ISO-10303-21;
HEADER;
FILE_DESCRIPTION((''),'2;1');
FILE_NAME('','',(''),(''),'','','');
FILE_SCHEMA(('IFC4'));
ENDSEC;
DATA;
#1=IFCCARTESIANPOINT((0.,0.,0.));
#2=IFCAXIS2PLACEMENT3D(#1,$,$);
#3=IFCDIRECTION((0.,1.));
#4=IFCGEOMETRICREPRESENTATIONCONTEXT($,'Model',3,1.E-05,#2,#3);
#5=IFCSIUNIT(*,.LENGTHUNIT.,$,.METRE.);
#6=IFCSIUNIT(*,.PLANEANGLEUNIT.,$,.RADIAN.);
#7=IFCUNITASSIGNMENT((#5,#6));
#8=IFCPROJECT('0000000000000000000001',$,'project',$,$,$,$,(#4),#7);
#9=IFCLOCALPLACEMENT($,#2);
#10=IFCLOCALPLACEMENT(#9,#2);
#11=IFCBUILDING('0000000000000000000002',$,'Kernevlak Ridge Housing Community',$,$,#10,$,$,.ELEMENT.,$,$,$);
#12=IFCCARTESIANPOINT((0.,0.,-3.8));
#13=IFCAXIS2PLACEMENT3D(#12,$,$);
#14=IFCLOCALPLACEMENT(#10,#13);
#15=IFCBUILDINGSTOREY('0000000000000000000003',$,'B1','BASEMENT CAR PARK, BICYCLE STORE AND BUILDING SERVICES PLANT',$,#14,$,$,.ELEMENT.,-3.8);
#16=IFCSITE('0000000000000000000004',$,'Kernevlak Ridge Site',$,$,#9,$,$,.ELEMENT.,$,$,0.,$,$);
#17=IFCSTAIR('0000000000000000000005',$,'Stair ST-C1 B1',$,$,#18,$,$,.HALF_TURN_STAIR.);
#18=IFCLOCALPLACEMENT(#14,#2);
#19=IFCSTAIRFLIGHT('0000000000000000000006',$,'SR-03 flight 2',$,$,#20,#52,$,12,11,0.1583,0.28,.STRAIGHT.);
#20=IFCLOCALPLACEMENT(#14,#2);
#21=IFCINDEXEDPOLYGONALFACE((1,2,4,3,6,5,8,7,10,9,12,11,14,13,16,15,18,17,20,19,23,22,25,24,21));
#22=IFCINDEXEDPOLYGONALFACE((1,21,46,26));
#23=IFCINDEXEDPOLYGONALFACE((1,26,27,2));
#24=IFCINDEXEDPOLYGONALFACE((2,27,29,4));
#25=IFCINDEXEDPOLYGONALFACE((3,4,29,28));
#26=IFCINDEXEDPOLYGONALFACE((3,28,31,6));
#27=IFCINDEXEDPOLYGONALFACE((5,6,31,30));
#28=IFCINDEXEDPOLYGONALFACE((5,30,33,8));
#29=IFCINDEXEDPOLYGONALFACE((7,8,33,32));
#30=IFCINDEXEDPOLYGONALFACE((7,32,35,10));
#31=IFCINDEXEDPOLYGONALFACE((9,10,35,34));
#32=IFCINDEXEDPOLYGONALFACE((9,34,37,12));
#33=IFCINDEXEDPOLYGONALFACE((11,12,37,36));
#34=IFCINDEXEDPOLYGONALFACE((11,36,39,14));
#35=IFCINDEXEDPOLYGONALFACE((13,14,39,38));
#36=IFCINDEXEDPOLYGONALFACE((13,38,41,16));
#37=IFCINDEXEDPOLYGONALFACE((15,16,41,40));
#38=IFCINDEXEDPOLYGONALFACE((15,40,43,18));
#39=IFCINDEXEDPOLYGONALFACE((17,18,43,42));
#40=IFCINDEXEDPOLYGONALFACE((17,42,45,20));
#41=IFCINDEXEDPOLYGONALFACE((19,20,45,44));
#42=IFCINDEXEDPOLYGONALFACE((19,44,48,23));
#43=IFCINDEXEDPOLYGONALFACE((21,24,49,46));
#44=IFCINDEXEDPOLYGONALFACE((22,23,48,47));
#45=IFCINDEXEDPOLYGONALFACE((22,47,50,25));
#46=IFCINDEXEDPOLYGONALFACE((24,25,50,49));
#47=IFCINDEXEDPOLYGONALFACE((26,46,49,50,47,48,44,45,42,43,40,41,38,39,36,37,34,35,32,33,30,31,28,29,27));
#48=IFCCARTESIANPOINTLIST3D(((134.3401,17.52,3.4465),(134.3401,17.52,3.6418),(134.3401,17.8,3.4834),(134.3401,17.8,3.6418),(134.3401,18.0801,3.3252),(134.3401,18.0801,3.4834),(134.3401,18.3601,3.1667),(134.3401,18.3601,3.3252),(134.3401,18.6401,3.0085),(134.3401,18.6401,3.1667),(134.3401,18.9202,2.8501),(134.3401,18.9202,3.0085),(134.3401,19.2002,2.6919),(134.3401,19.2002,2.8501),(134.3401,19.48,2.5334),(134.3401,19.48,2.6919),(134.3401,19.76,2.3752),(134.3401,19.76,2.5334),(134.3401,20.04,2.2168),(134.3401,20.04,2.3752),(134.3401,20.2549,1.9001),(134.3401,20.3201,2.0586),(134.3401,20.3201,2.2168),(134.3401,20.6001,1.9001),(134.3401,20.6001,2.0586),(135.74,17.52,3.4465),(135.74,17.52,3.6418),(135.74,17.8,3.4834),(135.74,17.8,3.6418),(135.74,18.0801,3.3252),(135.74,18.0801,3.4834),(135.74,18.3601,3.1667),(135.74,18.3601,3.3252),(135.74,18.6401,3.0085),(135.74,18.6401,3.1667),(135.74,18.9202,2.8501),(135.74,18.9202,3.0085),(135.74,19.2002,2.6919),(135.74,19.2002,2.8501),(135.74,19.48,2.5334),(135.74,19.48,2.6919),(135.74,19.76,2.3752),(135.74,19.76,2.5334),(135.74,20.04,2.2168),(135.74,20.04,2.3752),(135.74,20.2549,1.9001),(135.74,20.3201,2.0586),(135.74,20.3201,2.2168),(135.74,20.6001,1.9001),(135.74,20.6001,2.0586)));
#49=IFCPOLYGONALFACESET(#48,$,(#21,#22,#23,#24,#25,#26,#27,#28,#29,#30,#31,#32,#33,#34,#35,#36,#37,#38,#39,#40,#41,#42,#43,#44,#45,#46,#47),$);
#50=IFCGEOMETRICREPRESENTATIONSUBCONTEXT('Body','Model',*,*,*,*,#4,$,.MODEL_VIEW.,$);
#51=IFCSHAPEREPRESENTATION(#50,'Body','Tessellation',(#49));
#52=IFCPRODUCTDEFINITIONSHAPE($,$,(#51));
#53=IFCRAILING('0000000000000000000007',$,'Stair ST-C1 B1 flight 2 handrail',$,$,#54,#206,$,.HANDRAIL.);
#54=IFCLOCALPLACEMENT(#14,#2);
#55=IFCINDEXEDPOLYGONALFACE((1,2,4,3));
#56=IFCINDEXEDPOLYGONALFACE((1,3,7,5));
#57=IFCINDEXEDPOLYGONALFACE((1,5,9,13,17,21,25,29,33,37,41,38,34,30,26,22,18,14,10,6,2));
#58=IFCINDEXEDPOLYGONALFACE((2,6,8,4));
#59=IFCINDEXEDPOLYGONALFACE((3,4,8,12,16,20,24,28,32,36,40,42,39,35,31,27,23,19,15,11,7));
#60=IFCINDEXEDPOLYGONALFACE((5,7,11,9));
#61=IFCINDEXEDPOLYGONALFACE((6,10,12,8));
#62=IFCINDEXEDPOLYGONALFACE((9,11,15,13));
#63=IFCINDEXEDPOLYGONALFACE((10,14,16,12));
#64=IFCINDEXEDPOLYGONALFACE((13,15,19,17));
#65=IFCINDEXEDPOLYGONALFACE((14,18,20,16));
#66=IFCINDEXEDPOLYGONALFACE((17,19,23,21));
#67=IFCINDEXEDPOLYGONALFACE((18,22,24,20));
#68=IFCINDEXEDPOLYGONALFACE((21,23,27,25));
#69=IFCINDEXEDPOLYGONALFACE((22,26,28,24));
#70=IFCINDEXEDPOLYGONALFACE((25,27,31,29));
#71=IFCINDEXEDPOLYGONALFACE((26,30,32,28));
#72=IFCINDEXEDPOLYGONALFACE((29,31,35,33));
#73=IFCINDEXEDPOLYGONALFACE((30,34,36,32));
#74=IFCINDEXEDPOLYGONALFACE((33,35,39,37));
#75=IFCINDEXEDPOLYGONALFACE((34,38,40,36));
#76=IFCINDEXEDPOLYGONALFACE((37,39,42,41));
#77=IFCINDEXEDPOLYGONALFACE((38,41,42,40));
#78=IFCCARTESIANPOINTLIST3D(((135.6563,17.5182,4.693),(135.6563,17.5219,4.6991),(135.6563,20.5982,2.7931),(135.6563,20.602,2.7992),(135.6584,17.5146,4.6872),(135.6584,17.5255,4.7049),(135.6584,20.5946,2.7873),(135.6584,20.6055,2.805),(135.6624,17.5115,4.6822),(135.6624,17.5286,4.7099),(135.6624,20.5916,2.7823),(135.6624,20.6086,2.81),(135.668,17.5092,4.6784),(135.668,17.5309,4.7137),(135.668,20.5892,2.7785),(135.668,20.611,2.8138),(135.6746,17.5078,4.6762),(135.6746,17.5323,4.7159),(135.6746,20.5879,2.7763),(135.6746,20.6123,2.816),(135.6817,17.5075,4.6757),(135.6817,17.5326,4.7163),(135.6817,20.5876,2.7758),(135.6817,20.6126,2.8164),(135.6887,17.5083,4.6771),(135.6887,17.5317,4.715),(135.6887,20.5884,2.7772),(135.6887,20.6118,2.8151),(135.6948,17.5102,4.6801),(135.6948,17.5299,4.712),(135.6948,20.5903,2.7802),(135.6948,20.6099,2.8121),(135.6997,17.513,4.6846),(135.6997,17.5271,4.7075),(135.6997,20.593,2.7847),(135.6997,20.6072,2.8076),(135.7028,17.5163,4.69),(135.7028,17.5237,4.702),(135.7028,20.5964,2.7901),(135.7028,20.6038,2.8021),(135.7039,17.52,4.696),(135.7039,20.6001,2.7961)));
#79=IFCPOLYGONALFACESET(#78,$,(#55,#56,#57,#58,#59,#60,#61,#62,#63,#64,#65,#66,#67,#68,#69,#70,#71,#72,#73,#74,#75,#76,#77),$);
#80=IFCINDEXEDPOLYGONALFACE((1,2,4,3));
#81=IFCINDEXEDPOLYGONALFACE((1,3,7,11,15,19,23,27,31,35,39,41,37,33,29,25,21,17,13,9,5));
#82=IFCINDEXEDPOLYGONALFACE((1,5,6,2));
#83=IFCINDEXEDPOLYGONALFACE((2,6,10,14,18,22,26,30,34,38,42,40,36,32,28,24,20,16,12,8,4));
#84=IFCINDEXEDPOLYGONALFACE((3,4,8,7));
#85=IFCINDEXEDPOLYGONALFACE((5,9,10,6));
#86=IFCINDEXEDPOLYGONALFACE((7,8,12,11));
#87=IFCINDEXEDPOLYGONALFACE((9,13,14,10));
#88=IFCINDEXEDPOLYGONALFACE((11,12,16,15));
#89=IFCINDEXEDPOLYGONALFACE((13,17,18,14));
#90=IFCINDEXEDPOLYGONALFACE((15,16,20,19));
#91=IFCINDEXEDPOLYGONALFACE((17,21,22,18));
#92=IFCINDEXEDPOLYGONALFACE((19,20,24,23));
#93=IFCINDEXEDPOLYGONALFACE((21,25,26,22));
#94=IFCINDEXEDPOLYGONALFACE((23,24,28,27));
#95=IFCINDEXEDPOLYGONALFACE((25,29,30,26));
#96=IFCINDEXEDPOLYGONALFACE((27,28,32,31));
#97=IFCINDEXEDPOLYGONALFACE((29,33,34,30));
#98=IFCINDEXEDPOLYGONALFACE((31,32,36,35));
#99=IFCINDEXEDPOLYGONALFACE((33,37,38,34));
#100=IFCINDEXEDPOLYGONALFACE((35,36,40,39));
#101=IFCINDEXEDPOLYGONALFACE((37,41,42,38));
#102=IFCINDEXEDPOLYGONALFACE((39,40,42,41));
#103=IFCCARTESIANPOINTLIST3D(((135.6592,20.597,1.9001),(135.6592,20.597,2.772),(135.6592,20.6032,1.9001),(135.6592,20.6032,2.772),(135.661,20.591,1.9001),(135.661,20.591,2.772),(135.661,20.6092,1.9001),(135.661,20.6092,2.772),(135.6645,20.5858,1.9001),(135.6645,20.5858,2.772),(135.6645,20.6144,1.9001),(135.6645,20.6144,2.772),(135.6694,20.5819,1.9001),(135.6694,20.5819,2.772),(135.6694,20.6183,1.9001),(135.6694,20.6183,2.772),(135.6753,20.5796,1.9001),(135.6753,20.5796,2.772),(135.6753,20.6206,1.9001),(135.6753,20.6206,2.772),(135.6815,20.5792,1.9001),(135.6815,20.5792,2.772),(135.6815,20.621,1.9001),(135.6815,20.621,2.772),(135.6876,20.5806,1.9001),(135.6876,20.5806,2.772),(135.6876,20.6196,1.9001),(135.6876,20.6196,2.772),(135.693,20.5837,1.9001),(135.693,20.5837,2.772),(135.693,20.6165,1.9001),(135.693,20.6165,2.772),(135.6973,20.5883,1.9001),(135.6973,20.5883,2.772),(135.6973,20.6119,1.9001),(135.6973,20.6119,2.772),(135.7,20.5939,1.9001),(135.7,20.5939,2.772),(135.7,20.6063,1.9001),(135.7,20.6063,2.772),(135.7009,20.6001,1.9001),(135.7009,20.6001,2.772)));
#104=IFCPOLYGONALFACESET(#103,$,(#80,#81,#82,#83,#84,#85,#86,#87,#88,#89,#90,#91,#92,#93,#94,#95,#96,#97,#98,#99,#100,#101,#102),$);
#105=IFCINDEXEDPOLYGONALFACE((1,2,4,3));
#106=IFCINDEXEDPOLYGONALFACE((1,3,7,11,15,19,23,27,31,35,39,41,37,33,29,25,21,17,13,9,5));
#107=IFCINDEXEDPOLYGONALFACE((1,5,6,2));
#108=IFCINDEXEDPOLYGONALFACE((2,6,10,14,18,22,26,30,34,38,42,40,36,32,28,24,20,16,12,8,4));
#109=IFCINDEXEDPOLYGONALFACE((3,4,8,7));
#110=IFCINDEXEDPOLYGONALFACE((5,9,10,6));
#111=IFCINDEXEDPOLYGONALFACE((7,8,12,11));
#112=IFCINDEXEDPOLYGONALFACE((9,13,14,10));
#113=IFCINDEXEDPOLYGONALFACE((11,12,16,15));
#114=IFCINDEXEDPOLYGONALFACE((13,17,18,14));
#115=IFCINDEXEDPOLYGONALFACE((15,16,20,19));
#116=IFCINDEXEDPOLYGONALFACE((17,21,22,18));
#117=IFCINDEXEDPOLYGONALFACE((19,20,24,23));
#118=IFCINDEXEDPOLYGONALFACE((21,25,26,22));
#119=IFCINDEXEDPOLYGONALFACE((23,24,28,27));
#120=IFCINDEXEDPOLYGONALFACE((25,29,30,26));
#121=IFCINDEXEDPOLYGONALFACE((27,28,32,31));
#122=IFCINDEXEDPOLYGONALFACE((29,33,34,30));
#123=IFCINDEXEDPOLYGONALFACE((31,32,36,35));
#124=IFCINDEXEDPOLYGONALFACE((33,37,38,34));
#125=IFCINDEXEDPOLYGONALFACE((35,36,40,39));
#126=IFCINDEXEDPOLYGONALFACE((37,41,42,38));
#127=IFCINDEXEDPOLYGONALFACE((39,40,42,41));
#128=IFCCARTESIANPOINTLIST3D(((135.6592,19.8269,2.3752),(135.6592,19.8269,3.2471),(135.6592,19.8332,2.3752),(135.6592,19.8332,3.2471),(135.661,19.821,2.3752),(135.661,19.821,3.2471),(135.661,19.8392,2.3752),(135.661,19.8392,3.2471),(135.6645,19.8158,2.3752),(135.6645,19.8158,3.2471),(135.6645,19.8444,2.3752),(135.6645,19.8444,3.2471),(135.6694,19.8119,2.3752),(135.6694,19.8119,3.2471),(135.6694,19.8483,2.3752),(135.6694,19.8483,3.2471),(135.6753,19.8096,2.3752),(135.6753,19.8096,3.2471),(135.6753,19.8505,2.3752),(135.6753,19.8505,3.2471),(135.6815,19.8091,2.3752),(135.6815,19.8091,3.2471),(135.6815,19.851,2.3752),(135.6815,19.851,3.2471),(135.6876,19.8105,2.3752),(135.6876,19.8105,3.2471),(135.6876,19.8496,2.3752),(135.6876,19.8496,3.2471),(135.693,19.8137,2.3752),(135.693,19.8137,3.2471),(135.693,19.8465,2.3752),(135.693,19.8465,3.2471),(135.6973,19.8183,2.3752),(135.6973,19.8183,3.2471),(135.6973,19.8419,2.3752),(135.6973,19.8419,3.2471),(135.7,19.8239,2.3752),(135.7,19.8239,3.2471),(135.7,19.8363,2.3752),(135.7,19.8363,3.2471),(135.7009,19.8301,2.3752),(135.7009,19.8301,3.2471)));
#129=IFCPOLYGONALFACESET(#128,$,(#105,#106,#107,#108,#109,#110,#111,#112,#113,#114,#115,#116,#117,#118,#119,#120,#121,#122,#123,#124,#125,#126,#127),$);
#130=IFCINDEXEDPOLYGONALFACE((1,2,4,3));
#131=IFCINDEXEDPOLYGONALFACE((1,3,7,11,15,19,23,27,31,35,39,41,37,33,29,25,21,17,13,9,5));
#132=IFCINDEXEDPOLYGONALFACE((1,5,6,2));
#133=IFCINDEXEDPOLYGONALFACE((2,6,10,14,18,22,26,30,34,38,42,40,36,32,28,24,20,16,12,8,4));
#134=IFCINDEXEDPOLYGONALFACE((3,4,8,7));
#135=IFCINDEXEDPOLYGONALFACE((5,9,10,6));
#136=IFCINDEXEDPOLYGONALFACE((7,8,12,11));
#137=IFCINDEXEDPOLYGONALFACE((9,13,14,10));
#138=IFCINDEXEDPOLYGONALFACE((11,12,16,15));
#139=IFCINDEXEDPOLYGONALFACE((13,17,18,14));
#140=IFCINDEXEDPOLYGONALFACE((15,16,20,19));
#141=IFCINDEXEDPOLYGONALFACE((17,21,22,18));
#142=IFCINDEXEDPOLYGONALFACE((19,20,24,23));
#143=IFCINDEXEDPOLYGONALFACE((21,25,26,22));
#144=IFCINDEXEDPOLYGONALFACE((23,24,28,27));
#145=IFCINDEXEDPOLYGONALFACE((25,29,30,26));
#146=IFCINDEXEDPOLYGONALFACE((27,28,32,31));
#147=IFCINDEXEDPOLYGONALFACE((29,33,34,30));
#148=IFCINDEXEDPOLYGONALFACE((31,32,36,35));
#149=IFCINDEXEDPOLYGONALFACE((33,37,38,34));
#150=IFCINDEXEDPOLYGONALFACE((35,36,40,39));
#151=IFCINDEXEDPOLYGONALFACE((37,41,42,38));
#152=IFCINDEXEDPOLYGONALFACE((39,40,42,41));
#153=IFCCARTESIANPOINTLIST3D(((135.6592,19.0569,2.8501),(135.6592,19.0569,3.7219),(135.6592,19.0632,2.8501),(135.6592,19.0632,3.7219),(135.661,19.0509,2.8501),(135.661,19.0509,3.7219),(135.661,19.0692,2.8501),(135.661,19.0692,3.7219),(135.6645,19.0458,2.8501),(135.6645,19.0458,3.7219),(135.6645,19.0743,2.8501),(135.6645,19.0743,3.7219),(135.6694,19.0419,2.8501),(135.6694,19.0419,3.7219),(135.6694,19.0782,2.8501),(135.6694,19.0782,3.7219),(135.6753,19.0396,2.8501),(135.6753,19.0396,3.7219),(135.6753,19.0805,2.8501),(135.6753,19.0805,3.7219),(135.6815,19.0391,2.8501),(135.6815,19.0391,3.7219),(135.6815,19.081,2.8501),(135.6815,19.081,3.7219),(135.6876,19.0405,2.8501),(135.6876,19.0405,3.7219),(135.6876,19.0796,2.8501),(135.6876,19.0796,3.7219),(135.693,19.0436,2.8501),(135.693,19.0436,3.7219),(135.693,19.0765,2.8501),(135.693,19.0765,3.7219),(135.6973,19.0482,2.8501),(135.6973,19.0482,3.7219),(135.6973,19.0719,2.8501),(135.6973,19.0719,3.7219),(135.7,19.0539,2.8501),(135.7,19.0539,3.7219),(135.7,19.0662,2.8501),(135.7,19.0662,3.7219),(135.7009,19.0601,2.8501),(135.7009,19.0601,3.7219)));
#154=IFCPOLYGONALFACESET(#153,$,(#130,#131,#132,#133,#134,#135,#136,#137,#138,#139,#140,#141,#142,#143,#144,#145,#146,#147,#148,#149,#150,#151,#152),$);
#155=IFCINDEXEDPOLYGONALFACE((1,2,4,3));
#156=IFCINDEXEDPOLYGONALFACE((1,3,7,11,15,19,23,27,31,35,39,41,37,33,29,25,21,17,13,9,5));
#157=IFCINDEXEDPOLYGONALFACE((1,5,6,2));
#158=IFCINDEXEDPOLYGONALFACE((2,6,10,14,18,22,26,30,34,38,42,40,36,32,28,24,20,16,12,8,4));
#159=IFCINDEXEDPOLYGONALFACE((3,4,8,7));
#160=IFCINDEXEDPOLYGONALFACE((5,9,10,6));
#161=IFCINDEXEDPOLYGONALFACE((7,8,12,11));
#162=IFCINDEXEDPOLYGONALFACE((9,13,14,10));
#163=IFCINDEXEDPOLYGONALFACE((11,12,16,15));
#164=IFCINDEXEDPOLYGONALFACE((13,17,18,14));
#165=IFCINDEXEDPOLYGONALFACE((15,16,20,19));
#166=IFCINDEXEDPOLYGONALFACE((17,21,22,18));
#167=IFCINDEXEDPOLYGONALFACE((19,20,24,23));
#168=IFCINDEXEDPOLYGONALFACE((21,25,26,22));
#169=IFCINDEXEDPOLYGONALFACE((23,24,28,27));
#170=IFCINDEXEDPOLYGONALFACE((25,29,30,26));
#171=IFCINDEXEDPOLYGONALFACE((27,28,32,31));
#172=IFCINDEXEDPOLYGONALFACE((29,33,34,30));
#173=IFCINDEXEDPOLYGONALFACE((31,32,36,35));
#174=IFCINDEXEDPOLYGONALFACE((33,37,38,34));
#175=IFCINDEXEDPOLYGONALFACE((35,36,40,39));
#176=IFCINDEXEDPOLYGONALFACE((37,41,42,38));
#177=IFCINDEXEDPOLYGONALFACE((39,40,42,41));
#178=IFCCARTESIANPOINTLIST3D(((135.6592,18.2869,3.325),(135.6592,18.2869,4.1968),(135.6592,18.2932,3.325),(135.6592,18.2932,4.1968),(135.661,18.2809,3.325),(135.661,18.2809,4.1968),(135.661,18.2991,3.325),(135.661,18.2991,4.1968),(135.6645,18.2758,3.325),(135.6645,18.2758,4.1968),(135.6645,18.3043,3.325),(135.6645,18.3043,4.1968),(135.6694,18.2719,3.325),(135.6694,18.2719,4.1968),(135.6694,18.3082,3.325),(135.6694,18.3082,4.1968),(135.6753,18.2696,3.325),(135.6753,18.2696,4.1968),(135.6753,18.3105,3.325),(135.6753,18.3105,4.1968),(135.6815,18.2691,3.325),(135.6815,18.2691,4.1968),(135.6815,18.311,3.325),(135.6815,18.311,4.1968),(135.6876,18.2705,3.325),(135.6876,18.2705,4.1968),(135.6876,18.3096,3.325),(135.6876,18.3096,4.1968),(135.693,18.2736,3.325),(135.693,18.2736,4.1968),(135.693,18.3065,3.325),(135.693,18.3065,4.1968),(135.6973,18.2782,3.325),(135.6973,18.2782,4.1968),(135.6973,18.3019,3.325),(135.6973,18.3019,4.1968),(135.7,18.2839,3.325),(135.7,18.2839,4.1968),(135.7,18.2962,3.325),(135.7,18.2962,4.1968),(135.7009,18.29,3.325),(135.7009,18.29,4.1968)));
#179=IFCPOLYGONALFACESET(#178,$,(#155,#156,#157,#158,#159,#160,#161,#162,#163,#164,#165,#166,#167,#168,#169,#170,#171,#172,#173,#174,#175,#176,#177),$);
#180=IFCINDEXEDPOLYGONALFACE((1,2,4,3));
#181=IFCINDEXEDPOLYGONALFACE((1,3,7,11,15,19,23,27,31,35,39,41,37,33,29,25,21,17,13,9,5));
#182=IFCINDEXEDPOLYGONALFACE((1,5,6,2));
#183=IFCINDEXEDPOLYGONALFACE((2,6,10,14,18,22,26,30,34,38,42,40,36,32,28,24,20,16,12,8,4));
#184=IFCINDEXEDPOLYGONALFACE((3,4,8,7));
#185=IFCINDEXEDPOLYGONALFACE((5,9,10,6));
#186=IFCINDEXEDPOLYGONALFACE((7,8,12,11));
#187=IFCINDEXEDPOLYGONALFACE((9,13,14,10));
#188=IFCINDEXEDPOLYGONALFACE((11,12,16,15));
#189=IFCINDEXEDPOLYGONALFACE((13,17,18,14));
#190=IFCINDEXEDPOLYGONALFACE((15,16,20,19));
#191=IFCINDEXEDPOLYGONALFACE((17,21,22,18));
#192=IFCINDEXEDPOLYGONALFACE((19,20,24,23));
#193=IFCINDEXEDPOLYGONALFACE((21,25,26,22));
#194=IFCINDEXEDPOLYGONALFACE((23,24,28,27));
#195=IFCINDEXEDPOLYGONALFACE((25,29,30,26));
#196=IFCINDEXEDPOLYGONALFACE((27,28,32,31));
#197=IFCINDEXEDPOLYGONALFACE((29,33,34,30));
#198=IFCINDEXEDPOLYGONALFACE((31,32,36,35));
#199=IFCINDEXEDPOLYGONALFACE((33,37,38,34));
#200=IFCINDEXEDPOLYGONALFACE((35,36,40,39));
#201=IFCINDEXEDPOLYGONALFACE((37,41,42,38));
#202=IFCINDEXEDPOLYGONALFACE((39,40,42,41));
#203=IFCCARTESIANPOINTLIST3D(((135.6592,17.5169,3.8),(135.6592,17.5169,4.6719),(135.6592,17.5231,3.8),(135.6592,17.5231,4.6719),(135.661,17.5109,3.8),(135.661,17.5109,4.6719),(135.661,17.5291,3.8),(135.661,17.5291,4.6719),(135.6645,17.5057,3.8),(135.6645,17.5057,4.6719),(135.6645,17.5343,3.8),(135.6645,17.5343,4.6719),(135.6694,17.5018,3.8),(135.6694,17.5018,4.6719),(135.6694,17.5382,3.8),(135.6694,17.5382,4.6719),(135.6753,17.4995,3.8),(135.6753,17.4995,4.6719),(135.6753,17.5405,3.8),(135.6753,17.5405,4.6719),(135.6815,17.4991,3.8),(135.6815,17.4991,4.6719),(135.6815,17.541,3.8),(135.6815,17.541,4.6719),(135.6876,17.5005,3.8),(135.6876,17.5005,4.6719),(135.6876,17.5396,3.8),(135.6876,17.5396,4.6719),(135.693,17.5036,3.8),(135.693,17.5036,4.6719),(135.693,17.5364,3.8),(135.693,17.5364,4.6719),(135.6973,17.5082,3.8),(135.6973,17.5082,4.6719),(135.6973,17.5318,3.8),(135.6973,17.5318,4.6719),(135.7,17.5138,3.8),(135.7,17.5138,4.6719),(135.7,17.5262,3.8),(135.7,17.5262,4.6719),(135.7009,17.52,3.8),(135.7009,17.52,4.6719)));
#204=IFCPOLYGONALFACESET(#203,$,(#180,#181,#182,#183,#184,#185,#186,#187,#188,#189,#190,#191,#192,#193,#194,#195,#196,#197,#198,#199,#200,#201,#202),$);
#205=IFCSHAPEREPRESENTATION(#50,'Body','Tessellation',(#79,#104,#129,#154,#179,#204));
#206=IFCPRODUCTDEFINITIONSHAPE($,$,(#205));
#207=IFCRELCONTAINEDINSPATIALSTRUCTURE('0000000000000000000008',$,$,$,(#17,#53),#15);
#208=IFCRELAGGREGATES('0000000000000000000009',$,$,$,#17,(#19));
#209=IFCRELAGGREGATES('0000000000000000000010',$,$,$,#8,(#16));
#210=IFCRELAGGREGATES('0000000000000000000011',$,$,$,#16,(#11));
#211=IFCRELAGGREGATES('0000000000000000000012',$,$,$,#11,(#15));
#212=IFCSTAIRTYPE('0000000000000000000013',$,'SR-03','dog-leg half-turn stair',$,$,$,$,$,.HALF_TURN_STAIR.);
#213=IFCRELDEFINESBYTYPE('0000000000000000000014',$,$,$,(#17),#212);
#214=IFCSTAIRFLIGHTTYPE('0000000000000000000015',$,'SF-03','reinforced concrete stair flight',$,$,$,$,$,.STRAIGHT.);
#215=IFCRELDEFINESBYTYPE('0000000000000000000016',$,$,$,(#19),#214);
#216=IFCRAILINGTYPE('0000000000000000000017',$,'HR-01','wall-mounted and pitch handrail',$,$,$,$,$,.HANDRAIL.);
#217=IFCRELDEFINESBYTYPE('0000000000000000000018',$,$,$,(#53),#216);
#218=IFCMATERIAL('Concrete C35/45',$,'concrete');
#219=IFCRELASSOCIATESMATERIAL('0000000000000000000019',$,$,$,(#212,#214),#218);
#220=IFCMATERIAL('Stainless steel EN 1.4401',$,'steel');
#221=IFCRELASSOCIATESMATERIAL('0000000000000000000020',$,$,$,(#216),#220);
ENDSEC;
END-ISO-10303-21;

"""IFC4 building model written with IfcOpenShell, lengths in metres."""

from ifc_helpers import new_model, si_unit, direction, frame, origin, origin_2d, place, context, subcontext, project, spatial, polyline, circle, outline, extrude, material, type_object, element, aggregate, save


model = new_model("IFC4")

# Units and contexts
model_context = context("Model", 3, precision=1e-05, world=origin(), true_north=direction((0.0, 1.0)))
body_context = subcontext(model_context, "Body", "Model", "MODEL_VIEW")
ifc_project = project(units=[si_unit("LENGTHUNIT", "METRE"), si_unit("PLANEANGLEUNIT", "RADIAN")], contexts=[model_context])

# Site, building, storey
site_placement = place(None, origin())
site = spatial("IfcSite", under=ifc_project, at=site_placement, Name="Kernevlak Ridge Site", CompositionType="ELEMENT", RefElevation=0.0)
building_placement = place(site_placement, origin())
building = spatial("IfcBuilding", under=site, at=building_placement, Name="Kernevlak Ridge Housing Community", CompositionType="ELEMENT")
storey_placement = place(building_placement, frame((0.0, 0.0, -3.8)))
storey = spatial("IfcBuildingStorey", under=building, at=storey_placement, Name="B1", Description="BASEMENT CAR PARK, BICYCLE STORE AND BUILDING SERVICES PLANT", CompositionType="ELEMENT", Elevation=-3.8)

# Shared definitions
ifc_material_1 = material(Name="Concrete C35/45", Category="concrete")

# Stair, stair flight
stair_type = type_object("IfcStairType", Name="SR-03", Description="dog-leg half-turn stair", PredefinedType="HALF_TURN_STAIR", material=ifc_material_1)
stair_placement = place(storey_placement, origin())
stair = element("IfcStair", 1, at=stair_placement, inside=storey, type_object=stair_type, Name="Stair ST-C1 B1", PredefinedType="HALF_TURN_STAIR")
stair_flight_type = type_object("IfcStairFlightType", Name="SF-03", Description="reinforced concrete stair flight", PredefinedType="STRAIGHT", material=ifc_material_1)
stair_flight_placement = place(storey_placement, frame((135.04, 20.6001, 1.9001), z_axis=(0.0, 0.0, 1.0), x_axis=(0.0, -1.0, 0.0)))
stair_flight = element("IfcStairFlight", 2, at=stair_flight_placement, type_object=stair_flight_type, Name="SR-03 flight 2", NumberOfRisers=12, NumberOfTreads=11, PredefinedType="STRAIGHT", RiserHeight=0.1583, TreadLength=0.28, context=body_context, shape_type="SweptSolid", body=[
    extrude(outline(polyline([(0.0, 0.0), (0.0, 0.1584), (0.28, 0.1584), (0.28, 0.3167), (0.5601, 0.3167), (0.5601, 0.4751), (0.8401, 0.4751), (0.8401, 0.6333), (1.1201, 0.6333), (1.1201, 0.7917), (1.3999, 0.7917), (1.3999, 0.95), (1.6799, 0.95), (1.6799, 1.1084), (1.96, 1.1084), (1.96, 1.2666), (2.24, 1.2666), (2.24, 1.425), (2.52, 1.425), (2.52, 1.5833), (2.8, 1.5833), (2.8, 1.7417), (3.0801, 1.7417), (3.0801, 1.8999), (3.0801, 1.5464), (0.3452, 0.0), (0.0, 0.0)])), frame((0.0, 0.7, 0.0), z_axis=(0.0, -1.0, 0.0), x_axis=(1.0, 0.0, 0.0)), (0.0, 0.0, 1.0), 1.3999),
])
aggregate(stair, [stair_flight])

# Railing
ifc_material_2 = material(Name="Stainless steel EN 1.4401", Category="steel")
railing_type = type_object("IfcRailingType", Name="HR-01", Description="wall-mounted and pitch handrail", PredefinedType="HANDRAIL", material=ifc_material_2)
railing_placement = place(storey_placement, frame((135.6799, 20.6001, 1.9001)))
element("IfcRailing", 3, at=railing_placement, inside=storey, type_object=railing_type, Name="Stair ST-C1 B1 flight 2 handrail", PredefinedType="HANDRAIL", context=body_context, shape_type="SweptSolid", body=[
    extrude(circle(Radius=0.0239, at=origin_2d()), frame((0.0, 0.0, 0.896), z_axis=(0.0, -0.851107, 0.524993), x_axis=(1.0, 0.0, 0.0)), (0.0, 0.0, 1.0), 3.6189),
    extrude(circle(Radius=0.021, at=origin_2d()), origin(), (0.0, 0.0, 1.0), 0.8718),
    extrude(circle(Radius=0.021, at=origin_2d()), frame((0.0, -0.77, 0.4751)), (0.0, 0.0, 1.0), 0.8718),
    extrude(circle(Radius=0.021, at=origin_2d()), frame((0.0, -1.54, 0.95)), (0.0, 0.0, 1.0), 0.8718),
    extrude(circle(Radius=0.021, at=origin_2d()), frame((0.0, -2.3101, 1.4248)), (0.0, 0.0, 1.0), 0.8718),
    extrude(circle(Radius=0.021, at=origin_2d()), frame((0.0, -3.0801, 1.8999)), (0.0, 0.0, 1.0), 0.8718),
])

save(model, "model.ifc")
